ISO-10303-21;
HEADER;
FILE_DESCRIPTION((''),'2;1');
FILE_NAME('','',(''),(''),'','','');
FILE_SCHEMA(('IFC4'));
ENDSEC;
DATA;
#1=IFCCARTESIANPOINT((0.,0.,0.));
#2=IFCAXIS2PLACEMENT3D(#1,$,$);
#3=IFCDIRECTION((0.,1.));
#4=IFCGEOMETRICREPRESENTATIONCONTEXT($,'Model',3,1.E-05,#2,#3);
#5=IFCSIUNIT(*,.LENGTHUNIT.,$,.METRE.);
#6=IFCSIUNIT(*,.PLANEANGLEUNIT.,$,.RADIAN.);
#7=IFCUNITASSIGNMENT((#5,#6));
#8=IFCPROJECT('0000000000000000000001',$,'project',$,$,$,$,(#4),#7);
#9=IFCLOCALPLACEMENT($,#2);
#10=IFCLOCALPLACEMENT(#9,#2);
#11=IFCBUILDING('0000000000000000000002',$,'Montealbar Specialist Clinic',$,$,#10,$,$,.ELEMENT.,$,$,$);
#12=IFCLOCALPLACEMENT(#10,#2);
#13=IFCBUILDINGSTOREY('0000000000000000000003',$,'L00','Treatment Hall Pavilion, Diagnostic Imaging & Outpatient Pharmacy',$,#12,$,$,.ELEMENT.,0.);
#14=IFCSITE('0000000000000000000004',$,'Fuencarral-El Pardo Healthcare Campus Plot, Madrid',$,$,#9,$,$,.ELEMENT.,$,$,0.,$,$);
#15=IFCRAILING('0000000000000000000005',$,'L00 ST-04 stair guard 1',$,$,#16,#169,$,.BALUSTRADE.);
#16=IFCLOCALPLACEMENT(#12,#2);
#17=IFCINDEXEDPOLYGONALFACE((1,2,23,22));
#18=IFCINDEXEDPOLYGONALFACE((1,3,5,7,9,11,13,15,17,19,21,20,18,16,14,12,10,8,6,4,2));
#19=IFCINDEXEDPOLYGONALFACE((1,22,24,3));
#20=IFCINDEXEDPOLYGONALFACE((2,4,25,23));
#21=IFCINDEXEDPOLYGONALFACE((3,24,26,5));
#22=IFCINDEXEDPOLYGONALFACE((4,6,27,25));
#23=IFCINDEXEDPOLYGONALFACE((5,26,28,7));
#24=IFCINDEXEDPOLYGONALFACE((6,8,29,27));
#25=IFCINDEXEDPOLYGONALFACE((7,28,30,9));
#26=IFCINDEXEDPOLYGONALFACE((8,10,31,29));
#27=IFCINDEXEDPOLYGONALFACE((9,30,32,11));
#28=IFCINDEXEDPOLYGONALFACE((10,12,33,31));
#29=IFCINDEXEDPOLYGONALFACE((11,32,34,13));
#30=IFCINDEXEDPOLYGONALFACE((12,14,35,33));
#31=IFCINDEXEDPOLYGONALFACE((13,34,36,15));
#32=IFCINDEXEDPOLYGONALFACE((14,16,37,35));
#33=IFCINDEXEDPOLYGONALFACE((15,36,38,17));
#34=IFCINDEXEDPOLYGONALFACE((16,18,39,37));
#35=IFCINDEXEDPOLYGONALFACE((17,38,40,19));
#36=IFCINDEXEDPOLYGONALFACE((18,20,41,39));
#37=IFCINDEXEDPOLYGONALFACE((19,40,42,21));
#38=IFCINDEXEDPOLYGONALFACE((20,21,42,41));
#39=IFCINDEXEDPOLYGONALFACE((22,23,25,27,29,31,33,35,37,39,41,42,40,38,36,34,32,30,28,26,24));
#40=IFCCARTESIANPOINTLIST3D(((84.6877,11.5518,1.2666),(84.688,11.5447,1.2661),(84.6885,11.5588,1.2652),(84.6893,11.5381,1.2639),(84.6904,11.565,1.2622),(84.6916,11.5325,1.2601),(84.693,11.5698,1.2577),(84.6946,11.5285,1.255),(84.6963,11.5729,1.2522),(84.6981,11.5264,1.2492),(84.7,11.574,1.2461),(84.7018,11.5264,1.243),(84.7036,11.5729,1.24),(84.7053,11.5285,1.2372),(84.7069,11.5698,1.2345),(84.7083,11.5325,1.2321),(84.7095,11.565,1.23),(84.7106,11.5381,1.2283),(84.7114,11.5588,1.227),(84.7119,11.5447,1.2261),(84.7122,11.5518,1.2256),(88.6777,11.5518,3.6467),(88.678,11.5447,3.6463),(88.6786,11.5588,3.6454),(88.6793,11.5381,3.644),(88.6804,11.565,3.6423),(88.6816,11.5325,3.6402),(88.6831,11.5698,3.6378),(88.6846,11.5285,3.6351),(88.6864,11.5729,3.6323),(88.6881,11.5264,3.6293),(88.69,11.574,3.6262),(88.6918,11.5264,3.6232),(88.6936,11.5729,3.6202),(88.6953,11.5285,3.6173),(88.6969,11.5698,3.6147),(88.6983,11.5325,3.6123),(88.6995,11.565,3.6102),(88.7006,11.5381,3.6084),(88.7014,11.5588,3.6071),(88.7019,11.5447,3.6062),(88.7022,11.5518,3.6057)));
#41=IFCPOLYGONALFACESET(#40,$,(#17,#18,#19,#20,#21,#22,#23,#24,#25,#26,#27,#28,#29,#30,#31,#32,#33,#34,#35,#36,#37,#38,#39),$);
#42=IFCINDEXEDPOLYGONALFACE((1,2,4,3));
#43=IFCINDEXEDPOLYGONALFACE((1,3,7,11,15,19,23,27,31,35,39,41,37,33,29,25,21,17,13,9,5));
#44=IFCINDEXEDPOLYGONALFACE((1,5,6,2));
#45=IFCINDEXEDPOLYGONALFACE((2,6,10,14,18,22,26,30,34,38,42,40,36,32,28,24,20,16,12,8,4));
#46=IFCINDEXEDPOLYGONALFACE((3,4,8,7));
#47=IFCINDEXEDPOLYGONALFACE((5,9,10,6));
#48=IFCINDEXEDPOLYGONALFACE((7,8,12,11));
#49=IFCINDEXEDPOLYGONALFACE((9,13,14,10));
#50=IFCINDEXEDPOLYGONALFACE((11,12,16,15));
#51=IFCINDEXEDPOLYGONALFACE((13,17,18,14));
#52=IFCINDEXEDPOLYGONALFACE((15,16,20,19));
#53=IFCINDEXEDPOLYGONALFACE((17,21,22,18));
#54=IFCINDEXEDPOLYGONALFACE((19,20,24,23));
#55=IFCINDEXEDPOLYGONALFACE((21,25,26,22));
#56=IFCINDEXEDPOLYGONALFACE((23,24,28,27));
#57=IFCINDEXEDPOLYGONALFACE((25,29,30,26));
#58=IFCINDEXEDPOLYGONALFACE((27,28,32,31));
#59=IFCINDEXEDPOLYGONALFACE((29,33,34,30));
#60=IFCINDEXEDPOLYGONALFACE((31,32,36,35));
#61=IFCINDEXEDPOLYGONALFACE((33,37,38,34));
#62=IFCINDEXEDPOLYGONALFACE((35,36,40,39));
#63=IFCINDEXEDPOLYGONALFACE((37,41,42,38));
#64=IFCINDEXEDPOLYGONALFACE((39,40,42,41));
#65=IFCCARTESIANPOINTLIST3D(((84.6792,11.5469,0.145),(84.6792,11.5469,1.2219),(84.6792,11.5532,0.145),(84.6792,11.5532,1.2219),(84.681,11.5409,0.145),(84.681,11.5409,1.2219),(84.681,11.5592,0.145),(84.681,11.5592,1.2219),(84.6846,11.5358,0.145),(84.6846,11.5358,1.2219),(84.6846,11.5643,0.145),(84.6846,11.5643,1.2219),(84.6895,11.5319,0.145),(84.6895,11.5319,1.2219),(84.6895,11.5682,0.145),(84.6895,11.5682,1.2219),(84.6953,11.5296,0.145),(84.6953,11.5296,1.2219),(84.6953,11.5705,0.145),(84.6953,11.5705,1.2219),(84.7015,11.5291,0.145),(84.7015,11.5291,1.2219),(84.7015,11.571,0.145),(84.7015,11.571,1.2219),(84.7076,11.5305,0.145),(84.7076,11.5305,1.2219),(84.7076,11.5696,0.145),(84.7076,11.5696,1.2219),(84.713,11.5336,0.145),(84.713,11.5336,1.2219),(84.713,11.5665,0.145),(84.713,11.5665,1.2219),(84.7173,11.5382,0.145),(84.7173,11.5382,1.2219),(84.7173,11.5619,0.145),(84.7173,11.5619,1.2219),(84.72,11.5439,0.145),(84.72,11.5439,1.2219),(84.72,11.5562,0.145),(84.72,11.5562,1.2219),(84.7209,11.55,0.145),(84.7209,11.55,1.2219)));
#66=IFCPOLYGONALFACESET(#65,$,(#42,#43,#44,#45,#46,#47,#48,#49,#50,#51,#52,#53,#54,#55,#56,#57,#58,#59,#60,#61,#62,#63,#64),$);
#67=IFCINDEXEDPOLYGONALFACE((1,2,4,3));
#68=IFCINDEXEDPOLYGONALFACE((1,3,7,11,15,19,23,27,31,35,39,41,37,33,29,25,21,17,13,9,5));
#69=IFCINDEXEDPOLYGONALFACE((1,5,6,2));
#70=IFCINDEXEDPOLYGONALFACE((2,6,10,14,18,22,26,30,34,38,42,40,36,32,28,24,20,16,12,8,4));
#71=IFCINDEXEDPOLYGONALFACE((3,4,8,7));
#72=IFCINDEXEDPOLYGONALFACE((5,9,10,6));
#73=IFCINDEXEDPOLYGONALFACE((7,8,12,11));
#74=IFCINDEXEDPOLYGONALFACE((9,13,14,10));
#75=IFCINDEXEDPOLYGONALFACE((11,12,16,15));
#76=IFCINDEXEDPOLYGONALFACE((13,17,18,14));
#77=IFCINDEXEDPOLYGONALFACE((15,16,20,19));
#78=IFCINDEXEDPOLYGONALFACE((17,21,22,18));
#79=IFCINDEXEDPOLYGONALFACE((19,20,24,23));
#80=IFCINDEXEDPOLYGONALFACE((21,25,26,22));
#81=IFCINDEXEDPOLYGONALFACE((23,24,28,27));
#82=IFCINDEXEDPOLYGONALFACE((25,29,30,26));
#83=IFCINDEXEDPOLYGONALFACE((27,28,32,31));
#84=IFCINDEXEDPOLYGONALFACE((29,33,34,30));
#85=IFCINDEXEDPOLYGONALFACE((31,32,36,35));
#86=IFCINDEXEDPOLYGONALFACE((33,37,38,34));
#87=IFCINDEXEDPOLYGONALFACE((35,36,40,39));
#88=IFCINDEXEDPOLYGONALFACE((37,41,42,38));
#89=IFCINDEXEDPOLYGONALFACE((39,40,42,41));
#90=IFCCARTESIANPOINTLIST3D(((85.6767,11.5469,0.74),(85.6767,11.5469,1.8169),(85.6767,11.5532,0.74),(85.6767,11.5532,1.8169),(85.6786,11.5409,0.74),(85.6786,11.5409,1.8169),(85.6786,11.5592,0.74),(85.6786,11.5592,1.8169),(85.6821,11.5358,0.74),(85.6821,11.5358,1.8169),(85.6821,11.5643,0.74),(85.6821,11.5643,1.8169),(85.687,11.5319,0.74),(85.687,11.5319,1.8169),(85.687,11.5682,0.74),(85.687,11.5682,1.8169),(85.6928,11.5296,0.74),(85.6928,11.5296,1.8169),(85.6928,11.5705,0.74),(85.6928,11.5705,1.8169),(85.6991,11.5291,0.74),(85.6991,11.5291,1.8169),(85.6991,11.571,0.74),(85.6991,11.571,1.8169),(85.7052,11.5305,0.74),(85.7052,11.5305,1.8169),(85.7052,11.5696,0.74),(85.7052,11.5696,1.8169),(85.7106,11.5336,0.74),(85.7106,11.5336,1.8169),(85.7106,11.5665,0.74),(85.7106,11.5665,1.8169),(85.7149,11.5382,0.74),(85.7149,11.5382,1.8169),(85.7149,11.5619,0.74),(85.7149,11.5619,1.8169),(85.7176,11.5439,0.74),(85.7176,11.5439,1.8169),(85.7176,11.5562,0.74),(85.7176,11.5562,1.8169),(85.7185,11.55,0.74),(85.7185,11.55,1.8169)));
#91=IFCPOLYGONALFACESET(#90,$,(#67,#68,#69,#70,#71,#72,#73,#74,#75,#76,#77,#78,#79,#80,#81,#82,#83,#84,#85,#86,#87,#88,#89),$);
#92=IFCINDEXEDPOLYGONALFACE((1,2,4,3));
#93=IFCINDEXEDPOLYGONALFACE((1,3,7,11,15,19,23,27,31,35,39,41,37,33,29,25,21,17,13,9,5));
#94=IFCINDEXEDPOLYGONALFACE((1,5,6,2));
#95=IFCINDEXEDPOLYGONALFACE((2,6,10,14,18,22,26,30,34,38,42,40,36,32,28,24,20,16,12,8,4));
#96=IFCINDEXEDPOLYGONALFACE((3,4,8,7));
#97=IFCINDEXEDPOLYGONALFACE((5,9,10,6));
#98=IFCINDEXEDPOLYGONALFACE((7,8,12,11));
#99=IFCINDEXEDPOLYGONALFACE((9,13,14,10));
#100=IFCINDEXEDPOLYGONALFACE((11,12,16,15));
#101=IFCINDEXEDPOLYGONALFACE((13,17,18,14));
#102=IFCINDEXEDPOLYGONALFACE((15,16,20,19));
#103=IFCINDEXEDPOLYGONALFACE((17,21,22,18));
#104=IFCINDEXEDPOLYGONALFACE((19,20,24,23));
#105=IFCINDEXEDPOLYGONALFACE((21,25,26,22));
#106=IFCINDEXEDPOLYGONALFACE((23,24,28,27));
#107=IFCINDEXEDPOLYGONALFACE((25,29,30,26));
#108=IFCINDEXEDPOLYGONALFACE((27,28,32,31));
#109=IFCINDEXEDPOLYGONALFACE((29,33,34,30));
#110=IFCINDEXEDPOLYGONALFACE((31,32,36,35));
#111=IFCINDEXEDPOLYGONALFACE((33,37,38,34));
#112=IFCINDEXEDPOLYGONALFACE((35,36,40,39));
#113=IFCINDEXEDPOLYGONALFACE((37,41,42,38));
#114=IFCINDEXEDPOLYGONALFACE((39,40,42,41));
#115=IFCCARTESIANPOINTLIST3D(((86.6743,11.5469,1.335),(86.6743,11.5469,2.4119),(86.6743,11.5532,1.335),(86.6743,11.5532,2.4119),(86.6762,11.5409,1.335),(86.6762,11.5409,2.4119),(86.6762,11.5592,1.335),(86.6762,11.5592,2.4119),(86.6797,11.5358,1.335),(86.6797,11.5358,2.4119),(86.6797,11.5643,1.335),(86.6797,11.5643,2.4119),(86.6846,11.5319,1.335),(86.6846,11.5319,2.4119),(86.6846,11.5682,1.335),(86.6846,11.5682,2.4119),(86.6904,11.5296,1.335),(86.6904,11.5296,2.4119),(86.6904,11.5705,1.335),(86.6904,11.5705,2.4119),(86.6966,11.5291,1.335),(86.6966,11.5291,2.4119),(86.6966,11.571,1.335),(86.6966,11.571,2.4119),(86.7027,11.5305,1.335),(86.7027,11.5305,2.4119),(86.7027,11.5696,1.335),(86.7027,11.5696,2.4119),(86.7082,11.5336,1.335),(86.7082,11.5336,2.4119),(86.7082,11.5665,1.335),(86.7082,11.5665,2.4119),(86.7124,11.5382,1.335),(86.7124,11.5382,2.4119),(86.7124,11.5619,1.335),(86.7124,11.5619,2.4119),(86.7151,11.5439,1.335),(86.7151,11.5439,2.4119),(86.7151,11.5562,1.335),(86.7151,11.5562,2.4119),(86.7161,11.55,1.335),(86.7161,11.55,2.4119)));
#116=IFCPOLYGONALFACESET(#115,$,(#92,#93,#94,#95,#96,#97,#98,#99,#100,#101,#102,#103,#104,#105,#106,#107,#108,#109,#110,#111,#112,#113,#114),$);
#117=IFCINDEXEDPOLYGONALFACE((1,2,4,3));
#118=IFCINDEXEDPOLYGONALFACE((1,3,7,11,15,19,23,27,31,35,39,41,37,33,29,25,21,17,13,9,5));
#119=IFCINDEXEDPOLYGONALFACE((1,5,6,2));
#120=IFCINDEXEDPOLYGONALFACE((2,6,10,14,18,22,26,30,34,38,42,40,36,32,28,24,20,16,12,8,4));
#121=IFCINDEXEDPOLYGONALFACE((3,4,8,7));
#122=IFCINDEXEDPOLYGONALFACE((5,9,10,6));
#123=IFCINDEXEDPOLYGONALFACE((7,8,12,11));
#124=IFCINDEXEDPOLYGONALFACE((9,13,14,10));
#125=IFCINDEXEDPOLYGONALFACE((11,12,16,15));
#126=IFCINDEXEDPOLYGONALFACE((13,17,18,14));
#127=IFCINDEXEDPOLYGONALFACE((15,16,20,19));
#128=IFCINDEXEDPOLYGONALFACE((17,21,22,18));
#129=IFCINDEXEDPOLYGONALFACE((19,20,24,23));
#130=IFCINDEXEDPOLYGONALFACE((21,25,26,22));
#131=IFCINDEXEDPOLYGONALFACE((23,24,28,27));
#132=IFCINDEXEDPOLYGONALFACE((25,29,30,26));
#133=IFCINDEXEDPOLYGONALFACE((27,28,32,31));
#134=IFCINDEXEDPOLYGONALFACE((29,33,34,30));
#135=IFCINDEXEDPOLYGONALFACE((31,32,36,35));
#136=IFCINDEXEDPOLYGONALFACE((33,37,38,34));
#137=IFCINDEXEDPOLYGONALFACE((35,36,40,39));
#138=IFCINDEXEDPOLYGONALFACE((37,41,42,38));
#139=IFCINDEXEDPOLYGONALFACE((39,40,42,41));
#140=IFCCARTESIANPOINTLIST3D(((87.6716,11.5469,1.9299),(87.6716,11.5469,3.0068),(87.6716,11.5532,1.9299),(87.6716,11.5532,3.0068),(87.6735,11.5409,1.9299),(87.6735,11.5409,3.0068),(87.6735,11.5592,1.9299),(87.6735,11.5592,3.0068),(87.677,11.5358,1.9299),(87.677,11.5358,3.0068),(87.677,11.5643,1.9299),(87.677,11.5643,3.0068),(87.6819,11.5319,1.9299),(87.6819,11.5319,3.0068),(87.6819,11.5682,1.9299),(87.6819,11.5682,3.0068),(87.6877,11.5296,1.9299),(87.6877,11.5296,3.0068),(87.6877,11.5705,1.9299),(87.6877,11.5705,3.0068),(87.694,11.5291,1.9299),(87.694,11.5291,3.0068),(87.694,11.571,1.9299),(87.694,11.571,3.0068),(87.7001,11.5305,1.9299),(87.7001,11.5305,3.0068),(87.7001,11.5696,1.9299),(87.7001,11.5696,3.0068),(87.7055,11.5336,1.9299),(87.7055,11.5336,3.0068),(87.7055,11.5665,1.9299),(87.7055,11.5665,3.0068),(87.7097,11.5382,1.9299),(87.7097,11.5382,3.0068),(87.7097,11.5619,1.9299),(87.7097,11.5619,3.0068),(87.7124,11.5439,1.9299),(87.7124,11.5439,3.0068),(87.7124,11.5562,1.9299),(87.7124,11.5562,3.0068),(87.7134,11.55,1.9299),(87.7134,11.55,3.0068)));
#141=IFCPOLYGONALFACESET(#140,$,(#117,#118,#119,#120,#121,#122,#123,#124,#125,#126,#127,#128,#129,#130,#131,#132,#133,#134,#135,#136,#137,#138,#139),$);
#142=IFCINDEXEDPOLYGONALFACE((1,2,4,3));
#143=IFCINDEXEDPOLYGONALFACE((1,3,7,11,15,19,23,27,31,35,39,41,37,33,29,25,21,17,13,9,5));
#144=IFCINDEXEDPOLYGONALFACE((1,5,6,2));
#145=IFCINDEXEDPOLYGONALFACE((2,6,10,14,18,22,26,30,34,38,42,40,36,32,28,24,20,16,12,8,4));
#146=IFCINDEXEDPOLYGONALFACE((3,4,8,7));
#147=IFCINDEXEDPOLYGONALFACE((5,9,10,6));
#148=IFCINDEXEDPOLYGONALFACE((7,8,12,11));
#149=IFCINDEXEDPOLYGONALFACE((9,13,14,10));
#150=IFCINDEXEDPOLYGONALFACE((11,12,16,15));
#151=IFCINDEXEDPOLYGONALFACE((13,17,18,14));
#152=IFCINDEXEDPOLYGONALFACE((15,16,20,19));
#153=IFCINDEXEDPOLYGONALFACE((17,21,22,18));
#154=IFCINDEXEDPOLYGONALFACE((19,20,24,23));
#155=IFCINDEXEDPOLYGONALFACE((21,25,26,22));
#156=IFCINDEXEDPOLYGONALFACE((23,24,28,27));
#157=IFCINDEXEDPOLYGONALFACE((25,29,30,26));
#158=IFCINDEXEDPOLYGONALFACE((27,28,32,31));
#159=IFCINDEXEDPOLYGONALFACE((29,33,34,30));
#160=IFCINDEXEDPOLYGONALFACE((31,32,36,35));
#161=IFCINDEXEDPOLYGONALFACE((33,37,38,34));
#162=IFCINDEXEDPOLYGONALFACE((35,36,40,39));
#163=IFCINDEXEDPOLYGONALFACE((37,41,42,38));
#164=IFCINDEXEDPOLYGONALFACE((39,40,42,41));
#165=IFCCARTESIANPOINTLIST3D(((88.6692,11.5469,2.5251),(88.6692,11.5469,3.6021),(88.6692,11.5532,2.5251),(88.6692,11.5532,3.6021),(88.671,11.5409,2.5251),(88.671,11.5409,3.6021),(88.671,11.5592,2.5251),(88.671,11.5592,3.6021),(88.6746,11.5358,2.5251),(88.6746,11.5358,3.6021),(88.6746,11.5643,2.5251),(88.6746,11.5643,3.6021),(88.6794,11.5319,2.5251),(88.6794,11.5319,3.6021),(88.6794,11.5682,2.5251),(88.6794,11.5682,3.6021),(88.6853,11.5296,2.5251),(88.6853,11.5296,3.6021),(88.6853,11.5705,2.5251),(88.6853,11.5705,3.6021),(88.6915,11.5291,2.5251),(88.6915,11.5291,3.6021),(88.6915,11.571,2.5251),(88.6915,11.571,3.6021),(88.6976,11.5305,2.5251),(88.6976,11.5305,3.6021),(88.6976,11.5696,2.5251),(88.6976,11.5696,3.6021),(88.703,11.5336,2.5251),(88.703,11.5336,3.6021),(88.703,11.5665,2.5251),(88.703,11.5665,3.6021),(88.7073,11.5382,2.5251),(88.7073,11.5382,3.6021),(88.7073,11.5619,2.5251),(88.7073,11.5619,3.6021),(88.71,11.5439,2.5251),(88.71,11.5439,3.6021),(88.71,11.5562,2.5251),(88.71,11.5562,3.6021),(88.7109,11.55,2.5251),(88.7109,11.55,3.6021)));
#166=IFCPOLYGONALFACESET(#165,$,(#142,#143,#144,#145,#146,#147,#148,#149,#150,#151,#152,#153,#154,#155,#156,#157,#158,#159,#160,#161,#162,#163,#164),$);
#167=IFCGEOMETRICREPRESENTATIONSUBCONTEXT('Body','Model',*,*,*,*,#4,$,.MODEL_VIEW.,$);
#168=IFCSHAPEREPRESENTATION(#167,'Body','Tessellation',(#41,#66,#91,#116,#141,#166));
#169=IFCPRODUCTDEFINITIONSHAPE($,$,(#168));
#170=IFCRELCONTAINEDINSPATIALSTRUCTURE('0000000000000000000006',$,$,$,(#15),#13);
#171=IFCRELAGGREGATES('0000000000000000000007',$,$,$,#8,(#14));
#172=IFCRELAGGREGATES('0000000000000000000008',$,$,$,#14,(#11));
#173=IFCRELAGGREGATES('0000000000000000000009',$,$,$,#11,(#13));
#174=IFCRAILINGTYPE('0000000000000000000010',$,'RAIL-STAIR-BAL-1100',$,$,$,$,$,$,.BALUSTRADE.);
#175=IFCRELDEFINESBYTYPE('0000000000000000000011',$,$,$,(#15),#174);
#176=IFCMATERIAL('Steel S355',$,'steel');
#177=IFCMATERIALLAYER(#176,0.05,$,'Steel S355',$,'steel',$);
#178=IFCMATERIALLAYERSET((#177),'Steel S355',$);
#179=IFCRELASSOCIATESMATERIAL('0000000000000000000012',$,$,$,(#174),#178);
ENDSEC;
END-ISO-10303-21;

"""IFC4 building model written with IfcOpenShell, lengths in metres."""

from ifc_helpers import new_model, si_unit, direction, frame, origin, origin_2d, place, context, subcontext, project, spatial, circle, extrude, material, layer, layer_set, type_object, element, save


model = new_model("IFC4")

# Units and contexts
model_context = context("Model", 3, precision=1e-05, world=origin(), true_north=direction((0.0, 1.0)))
body_context = subcontext(model_context, "Body", "Model", "MODEL_VIEW")
ifc_project = project(units=[si_unit("LENGTHUNIT", "METRE"), si_unit("PLANEANGLEUNIT", "RADIAN")], contexts=[model_context])

# Site, building, storey
site_placement = place(None, origin())
site = spatial("IfcSite", under=ifc_project, at=site_placement, Name="Fuencarral-El Pardo Healthcare Campus Plot, Madrid", CompositionType="ELEMENT", RefElevation=0.0)
building_placement = place(site_placement, origin())
building = spatial("IfcBuilding", under=site, at=building_placement, Name="Montealbar Specialist Clinic", CompositionType="ELEMENT")
storey_placement = place(building_placement, origin())
storey = spatial("IfcBuildingStorey", under=building, at=storey_placement, Name="L00", Description="Treatment Hall Pavilion, Diagnostic Imaging & Outpatient Pharmacy", CompositionType="ELEMENT", Elevation=0.0)

# Shared definitions
ifc_material_1 = material(Name="Steel S355", Category="steel")

# Railing
ifc_layer_1 = layer(ifc_material_1, 0.05, Name="Steel S355", Category="steel")
ifc_layer_set_1 = layer_set([ifc_layer_1], Name="Steel S355")
railing_type_1 = type_object("IfcRailingType", Name="RAIL-STAIR-BAL-1100", PredefinedType="BALUSTRADE", material=ifc_layer_set_1)
railing_1_placement = place(storey_placement, frame((84.7, 11.55, 0.1699)))
element("IfcRailing", 1, at=railing_1_placement, inside=storey, type_object=railing_type_1, Name="L00 ST-04 stair guard 1", PredefinedType="BALUSTRADE", context=body_context, shape_type="SweptSolid", body=[
    extrude(circle(Radius=0.0239, at=origin_2d()), frame((0.0, 0.0, 1.0762), z_axis=(0.858807, 0.0, 0.512299), x_axis=(0.0, 1.0, 0.0)), (0.0, 0.0, 1.0), 4.646),
    extrude(circle(Radius=0.021, at=origin_2d()), frame((0.0, 0.0, -0.0249)), (0.0, 0.0, 1.0), 1.0769),
    extrude(circle(Radius=0.021, at=origin_2d()), frame((0.9976, 0.0, 0.5701)), (0.0, 0.0, 1.0), 1.0769),
    extrude(circle(Radius=0.021, at=origin_2d()), frame((1.9951, 0.0, 1.165)), (0.0, 0.0, 1.0), 1.0769),
    extrude(circle(Radius=0.021, at=origin_2d()), frame((2.9924, 0.0, 1.76)), (0.0, 0.0, 1.0), 1.0769),
    extrude(circle(Radius=0.021, at=origin_2d()), frame((3.99, 0.0, 2.3552)), (0.0, 0.0, 1.0), 1.0769),
])

save(model, "model.ifc")
